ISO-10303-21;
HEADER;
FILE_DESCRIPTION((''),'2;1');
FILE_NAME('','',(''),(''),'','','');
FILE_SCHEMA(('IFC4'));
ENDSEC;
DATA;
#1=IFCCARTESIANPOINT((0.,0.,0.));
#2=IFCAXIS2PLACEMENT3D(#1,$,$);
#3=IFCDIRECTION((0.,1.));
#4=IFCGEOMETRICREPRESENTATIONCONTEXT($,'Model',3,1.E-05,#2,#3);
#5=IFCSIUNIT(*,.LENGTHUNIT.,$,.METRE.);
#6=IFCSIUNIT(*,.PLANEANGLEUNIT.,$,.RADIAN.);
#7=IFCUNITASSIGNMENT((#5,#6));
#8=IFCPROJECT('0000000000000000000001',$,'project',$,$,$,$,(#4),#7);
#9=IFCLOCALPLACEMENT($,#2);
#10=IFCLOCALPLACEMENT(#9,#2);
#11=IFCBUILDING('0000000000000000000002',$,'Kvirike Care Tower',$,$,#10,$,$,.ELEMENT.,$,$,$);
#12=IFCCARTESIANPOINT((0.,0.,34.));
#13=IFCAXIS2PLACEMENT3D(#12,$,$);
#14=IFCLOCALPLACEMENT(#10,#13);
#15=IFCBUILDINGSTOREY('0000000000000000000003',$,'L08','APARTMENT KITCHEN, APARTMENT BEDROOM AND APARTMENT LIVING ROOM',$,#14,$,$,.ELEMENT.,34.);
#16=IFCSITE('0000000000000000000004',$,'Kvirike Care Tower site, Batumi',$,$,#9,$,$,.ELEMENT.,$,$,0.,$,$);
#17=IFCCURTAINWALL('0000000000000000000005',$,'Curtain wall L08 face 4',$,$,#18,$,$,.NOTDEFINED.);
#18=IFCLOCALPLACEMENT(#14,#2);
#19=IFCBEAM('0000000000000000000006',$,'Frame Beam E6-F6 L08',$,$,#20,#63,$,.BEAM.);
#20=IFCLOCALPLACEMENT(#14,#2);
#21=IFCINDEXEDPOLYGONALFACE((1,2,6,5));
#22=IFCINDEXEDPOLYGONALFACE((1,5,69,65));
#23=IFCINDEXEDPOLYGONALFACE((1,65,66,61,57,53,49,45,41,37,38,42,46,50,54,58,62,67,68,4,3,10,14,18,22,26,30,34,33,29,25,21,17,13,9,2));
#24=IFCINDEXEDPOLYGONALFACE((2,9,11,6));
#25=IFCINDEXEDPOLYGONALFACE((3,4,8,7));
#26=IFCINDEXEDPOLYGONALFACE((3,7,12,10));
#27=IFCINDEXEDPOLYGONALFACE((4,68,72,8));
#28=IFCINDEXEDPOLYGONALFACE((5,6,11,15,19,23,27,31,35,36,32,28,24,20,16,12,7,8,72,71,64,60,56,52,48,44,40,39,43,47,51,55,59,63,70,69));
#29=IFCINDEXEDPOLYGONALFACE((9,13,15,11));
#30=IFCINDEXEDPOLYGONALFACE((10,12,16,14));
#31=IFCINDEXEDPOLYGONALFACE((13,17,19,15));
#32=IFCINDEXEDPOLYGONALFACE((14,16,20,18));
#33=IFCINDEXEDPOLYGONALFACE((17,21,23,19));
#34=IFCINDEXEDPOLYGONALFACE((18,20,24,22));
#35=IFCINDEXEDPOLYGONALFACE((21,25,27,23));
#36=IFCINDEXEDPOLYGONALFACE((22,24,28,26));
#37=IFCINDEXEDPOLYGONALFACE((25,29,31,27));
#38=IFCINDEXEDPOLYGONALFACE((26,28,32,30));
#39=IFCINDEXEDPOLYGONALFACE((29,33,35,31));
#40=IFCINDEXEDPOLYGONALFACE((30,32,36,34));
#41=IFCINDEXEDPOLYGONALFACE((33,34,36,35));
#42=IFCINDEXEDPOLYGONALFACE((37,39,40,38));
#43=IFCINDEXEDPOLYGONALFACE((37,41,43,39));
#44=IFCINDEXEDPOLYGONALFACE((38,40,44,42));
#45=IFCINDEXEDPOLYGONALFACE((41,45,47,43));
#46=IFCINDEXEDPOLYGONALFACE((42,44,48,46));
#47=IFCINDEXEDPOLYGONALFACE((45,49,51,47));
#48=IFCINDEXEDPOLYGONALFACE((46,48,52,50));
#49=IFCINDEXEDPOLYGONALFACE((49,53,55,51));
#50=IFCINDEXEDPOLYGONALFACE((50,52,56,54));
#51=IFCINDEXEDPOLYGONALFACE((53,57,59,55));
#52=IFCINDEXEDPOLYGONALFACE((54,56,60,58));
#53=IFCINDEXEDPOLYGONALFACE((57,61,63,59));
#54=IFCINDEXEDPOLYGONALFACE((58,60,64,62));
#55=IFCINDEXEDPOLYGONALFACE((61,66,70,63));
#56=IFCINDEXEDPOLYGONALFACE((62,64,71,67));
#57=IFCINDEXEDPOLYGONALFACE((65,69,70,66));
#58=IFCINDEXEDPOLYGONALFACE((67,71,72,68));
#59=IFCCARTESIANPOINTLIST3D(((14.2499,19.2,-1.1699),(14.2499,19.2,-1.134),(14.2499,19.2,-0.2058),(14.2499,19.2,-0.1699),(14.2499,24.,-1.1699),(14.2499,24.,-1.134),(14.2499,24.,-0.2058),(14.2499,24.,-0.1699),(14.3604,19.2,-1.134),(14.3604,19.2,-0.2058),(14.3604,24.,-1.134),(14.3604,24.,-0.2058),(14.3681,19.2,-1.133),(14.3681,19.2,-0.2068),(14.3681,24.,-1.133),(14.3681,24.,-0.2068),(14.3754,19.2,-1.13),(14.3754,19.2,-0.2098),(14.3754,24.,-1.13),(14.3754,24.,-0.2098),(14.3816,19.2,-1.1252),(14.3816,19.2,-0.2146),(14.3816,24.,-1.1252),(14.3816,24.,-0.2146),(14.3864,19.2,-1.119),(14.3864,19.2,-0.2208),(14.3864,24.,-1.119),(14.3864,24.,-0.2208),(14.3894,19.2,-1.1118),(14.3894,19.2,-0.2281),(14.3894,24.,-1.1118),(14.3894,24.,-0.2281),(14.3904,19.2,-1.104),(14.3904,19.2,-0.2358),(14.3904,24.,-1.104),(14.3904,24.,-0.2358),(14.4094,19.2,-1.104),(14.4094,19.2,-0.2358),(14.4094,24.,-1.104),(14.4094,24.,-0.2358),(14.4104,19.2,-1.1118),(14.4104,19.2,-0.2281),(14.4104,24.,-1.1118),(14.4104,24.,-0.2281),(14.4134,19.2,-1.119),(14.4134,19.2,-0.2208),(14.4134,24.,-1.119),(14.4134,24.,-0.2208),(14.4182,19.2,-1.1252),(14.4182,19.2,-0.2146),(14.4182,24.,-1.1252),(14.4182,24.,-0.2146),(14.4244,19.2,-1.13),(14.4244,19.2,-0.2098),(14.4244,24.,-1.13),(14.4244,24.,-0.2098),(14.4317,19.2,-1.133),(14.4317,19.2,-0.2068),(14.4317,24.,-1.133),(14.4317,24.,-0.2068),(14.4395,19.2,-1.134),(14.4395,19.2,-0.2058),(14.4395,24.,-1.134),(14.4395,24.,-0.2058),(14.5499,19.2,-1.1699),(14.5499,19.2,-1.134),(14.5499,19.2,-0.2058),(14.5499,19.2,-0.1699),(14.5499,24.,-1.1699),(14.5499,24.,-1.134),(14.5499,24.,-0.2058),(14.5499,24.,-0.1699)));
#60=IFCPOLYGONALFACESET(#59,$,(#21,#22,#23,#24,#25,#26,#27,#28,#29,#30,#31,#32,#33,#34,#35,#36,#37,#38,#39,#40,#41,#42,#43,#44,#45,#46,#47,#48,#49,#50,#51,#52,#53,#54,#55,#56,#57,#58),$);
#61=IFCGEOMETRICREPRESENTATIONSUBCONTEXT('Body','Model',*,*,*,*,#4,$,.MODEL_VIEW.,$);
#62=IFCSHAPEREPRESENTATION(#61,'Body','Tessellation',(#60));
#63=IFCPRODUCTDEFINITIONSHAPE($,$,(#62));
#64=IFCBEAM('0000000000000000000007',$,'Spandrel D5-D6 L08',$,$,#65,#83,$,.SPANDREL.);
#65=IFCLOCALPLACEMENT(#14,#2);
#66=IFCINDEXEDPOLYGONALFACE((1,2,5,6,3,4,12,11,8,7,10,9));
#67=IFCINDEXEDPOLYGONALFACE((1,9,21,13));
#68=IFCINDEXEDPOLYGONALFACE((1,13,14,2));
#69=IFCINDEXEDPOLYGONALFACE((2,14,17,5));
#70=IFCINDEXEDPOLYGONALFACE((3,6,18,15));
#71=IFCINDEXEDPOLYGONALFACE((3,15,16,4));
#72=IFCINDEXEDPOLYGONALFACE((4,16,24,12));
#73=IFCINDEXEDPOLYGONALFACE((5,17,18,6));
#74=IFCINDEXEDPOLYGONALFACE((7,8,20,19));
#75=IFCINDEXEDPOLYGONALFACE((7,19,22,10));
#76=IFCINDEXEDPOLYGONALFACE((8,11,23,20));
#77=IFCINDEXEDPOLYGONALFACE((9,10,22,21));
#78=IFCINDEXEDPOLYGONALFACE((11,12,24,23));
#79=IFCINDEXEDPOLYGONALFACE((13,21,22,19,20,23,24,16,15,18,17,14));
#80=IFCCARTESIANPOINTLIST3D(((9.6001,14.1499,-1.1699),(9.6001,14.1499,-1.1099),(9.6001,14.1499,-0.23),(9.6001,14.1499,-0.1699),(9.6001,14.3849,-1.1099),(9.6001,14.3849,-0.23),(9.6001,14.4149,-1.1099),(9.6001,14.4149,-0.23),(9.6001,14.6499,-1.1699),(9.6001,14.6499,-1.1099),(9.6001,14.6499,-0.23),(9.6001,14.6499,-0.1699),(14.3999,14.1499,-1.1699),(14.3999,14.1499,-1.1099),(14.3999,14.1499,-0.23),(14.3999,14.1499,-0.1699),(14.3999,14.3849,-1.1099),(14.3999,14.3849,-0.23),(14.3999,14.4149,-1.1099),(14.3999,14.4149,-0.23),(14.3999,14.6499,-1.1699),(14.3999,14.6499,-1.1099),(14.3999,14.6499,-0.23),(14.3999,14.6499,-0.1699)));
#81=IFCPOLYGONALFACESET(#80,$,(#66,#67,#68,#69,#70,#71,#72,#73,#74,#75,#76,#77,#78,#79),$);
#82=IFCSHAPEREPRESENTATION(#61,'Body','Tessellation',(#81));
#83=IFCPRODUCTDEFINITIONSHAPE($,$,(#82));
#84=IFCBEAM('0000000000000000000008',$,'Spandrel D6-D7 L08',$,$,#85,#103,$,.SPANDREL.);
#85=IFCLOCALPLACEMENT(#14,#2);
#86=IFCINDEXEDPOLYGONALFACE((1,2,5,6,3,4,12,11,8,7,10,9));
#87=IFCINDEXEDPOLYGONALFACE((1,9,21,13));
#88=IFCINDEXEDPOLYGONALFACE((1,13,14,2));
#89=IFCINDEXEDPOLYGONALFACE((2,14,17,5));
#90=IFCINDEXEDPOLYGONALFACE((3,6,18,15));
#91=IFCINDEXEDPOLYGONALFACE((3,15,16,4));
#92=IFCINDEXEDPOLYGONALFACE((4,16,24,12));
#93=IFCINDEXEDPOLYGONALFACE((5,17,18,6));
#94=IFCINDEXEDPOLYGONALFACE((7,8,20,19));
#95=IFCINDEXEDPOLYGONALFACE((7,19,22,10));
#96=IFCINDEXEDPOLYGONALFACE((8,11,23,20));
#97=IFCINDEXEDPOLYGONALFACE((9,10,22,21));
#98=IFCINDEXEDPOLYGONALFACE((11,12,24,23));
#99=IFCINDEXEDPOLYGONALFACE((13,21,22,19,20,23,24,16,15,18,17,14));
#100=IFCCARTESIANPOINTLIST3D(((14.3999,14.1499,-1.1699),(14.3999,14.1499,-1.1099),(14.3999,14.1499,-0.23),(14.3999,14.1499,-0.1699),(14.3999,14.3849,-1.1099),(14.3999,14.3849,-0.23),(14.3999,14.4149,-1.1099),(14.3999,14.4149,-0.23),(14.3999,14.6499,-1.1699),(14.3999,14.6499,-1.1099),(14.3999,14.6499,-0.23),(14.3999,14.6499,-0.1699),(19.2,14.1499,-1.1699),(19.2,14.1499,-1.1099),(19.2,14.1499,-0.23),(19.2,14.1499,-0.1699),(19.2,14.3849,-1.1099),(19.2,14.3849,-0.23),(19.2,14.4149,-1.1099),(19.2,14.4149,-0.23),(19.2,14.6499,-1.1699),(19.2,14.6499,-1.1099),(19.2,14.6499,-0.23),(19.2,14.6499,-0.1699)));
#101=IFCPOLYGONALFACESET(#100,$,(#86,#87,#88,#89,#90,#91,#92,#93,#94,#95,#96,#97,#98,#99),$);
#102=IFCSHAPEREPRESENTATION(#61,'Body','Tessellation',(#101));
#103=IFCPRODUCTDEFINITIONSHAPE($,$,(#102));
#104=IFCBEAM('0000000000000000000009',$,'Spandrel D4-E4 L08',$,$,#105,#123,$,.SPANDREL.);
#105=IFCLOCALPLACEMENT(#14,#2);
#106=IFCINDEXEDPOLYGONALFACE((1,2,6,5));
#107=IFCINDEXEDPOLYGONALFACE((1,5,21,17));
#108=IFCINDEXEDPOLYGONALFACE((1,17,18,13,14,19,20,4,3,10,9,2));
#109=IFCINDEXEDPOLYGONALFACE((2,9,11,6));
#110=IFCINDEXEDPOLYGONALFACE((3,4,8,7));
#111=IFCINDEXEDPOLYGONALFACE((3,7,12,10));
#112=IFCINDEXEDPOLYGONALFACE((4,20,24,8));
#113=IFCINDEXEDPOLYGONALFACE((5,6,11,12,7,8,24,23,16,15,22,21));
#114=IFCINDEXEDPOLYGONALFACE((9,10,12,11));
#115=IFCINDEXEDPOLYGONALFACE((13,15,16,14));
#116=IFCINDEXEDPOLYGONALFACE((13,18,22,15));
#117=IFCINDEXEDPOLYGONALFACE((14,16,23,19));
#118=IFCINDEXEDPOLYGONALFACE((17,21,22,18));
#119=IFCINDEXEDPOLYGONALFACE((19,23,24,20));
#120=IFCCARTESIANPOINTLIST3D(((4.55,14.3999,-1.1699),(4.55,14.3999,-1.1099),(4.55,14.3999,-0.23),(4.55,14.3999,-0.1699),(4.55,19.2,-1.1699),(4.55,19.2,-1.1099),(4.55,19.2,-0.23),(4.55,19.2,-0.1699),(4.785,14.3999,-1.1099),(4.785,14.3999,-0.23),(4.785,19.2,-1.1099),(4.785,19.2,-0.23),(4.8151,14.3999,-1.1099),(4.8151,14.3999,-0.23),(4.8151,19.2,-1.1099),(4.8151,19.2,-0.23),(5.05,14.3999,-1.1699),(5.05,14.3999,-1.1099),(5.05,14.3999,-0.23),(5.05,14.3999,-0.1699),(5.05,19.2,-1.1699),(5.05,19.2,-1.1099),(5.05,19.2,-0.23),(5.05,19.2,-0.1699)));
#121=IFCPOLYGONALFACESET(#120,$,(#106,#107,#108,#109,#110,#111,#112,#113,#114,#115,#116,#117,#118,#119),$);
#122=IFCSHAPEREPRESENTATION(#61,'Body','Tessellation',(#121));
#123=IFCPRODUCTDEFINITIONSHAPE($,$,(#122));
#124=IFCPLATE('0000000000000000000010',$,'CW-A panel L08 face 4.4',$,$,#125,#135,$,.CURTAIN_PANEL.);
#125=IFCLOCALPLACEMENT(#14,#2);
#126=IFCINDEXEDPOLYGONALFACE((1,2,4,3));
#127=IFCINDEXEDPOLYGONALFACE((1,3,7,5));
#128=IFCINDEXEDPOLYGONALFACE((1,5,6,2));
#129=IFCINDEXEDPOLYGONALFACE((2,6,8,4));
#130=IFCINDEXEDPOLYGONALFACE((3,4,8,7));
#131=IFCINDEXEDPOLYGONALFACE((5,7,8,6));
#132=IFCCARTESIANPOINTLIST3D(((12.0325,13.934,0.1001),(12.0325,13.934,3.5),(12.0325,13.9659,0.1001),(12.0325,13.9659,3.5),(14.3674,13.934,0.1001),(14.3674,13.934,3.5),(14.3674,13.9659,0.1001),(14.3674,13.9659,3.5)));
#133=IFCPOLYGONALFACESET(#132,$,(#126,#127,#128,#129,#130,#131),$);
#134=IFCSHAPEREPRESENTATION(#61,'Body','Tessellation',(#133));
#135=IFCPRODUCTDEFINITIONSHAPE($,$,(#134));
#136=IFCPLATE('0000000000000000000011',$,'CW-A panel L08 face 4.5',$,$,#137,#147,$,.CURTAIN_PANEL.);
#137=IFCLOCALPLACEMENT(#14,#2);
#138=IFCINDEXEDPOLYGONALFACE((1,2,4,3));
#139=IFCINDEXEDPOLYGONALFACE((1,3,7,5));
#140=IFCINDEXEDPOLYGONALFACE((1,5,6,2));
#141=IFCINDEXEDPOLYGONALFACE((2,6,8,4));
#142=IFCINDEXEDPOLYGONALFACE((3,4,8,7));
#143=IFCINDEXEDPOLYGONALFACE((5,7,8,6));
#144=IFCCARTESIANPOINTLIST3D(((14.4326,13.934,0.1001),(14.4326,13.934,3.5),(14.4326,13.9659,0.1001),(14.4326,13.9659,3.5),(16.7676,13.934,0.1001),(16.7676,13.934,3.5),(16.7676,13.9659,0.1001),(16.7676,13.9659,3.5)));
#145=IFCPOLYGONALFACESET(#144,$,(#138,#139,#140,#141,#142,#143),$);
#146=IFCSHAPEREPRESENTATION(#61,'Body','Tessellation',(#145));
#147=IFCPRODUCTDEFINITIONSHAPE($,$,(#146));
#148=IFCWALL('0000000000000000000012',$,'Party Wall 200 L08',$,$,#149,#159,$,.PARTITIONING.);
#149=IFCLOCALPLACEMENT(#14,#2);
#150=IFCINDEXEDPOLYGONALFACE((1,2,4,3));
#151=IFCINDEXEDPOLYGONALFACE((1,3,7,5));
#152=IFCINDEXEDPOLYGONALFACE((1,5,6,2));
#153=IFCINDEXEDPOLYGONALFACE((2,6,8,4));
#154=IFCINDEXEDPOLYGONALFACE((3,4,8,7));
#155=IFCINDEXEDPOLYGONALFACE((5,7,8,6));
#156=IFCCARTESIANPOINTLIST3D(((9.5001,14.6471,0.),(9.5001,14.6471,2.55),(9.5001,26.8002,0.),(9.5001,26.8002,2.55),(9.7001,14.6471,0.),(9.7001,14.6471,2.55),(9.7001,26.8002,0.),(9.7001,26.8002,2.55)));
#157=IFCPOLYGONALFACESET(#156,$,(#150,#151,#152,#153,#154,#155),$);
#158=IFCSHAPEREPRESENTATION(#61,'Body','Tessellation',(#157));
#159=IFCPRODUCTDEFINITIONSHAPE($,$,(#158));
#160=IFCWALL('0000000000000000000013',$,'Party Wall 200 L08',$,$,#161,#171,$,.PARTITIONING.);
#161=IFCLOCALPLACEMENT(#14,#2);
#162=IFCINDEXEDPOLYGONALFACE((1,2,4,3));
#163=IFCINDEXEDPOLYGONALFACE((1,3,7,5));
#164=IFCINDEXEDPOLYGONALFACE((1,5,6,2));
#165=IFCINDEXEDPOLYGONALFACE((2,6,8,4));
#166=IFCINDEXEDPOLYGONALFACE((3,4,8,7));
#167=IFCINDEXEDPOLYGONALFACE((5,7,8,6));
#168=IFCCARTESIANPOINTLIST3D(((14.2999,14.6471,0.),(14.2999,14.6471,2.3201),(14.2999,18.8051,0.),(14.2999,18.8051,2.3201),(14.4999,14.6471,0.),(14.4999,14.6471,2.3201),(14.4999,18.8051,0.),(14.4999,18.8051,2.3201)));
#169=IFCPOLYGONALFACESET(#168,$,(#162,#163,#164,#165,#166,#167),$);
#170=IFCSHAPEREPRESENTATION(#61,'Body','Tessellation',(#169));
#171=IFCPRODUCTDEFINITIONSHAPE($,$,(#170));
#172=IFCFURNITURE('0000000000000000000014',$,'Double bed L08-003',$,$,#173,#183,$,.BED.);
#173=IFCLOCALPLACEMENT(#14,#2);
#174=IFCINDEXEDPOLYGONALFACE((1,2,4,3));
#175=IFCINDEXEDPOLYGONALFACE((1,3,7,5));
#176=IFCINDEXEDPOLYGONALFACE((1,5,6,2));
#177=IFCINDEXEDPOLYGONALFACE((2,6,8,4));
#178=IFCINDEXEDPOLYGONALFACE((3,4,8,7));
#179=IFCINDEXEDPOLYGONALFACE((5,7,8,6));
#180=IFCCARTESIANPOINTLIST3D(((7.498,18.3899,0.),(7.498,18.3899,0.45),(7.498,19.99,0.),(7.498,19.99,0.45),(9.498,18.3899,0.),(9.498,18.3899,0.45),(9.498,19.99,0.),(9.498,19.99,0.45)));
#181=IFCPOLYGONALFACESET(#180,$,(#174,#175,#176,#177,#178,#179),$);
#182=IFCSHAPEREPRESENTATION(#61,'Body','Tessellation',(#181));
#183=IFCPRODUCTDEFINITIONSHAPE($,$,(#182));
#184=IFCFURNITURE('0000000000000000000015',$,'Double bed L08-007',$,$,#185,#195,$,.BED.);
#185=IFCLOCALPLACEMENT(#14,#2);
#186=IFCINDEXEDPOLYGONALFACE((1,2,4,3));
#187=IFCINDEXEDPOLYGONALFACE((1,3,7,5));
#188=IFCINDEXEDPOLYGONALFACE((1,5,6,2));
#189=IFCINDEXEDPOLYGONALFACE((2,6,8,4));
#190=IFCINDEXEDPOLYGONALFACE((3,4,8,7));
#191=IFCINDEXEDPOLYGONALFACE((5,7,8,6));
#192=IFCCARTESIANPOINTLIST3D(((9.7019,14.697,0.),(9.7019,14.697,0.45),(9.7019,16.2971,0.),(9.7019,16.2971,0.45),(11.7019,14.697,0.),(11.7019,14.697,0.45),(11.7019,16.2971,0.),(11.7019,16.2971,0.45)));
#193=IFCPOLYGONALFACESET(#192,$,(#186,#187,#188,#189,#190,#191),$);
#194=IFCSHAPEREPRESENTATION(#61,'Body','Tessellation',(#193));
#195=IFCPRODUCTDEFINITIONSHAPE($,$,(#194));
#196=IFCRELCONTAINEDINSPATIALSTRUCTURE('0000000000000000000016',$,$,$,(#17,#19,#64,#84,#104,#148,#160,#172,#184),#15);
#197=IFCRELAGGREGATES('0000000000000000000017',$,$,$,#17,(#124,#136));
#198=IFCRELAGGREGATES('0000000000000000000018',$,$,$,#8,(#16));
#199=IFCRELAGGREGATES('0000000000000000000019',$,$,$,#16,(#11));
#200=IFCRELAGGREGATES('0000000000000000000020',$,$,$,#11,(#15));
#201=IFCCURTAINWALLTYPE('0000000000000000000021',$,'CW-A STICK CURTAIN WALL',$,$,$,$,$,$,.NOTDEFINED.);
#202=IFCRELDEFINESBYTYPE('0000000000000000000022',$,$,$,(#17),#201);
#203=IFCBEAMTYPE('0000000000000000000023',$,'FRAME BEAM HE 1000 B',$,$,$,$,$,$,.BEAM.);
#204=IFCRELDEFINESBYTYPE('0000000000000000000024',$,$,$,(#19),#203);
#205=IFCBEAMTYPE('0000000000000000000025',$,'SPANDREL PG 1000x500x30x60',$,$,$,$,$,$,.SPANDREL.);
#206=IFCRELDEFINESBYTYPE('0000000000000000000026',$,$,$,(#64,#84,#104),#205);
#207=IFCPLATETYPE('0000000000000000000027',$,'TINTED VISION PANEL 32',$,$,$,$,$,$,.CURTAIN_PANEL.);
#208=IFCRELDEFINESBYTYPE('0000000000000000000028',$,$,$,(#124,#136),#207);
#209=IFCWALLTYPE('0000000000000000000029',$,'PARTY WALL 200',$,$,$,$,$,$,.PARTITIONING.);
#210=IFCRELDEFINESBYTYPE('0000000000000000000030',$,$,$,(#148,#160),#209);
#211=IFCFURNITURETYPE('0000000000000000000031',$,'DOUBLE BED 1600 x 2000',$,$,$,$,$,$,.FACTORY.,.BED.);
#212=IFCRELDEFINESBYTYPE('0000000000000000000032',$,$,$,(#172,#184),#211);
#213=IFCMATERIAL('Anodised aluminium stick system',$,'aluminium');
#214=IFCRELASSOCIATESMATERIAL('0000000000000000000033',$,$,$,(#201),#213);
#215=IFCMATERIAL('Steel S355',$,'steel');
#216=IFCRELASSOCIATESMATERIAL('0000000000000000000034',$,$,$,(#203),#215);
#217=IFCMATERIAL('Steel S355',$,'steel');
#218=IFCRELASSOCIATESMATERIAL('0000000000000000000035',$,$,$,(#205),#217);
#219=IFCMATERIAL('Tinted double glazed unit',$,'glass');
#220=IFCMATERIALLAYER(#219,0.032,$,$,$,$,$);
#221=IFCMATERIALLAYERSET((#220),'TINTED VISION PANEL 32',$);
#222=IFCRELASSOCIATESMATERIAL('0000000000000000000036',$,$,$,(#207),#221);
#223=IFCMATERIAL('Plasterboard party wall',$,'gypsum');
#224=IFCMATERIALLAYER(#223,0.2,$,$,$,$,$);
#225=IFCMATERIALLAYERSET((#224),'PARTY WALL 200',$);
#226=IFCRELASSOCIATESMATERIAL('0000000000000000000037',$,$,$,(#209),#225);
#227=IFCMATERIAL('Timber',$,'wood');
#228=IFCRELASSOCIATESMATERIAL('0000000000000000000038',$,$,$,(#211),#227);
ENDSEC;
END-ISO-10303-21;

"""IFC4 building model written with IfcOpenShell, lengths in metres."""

from ifc_helpers import new_model, si_unit, direction, frame, frame_2d, origin, origin_2d, place, context, subcontext, project, spatial, rectangle, i_section, extrude, material, layer, layer_set, material_profile, profile_set, type_object, element, aggregate, save


model = new_model("IFC4")

# Units and contexts
model_context = context("Model", 3, precision=1e-05, world=origin(), true_north=direction((0.0, 1.0)))
body_context = subcontext(model_context, "Body", "Model", "MODEL_VIEW")
ifc_project = project(units=[si_unit("LENGTHUNIT", "METRE"), si_unit("PLANEANGLEUNIT", "RADIAN")], contexts=[model_context])

# Site, building, storey
site_placement = place(None, origin())
site = spatial("IfcSite", under=ifc_project, at=site_placement, Name="Kvirike Care Tower site, Batumi", CompositionType="ELEMENT", RefElevation=0.0)
building_placement = place(site_placement, origin())
building = spatial("IfcBuilding", under=site, at=building_placement, Name="Kvirike Care Tower", CompositionType="ELEMENT")
storey_placement = place(building_placement, frame((0.0, 0.0, 34.0)))
storey = spatial("IfcBuildingStorey", under=building, at=storey_placement, Name="L08", Description="APARTMENT KITCHEN, APARTMENT BEDROOM AND APARTMENT LIVING ROOM", CompositionType="ELEMENT", Elevation=34.0)

# Curtain wall
ifc_material_1 = material(Name="Anodised aluminium stick system", Category="aluminium")
curtain_wall_type = type_object("IfcCurtainWallType", Name="CW-A STICK CURTAIN WALL", PredefinedType="NOTDEFINED", material=ifc_material_1)
curtain_wall_placement = place(storey_placement, origin())
curtain_wall = element("IfcCurtainWall", 1, at=curtain_wall_placement, inside=storey, type_object=curtain_wall_type, Name="Curtain wall L08 face 4", PredefinedType="NOTDEFINED")

# Beams
ifc_material_2 = material(Name="Steel S355", Category="steel")
ifc_material_profile_1 = material_profile(ifc_material_2, i_section(OverallWidth=0.3, OverallDepth=1.0, WebThickness=0.019, FlangeThickness=0.0359, FilletRadius=0.03, at=origin_2d()), Name="HE 1000 B")
ifc_profile_set_1 = profile_set([ifc_material_profile_1], Name="Steel S355")
beam_type_1 = type_object("IfcBeamType", Name="FRAME BEAM HE 1000 B", PredefinedType="BEAM", material=ifc_profile_set_1)
for number, where, z_axis, x_axis, name in (
    (2, (14.3999, 19.2, -0.6699), (0.0, 1.0, 0.0), (-1.0, 0.0, 0.0), "Frame Beam E6-F6 L08"),
):
    element("IfcBeam", number, at=place(storey_placement, frame(where, z_axis=z_axis, x_axis=x_axis)), inside=storey, type_object=beam_type_1, Name=name, PredefinedType="BEAM", context=body_context, shape_type="SweptSolid", body=[
        extrude(i_section(OverallWidth=0.3, OverallDepth=1.0, WebThickness=0.019, FlangeThickness=0.0359, FilletRadius=0.03, at=origin_2d()), origin(), (0.0, 0.0, 1.0), 4.8),
    ])
ifc_material_3 = material(Name="Steel S355", Category="steel")
ifc_material_profile_2 = material_profile(ifc_material_3, i_section(OverallWidth=0.5, OverallDepth=1.0, WebThickness=0.03, FlangeThickness=0.0601, at=origin_2d()), Name="PG 1000x500x30x60")
ifc_profile_set_2 = profile_set([ifc_material_profile_2], Name="Steel S355")
beam_type_2 = type_object("IfcBeamType", Name="SPANDREL PG 1000x500x30x60", PredefinedType="SPANDREL", material=ifc_profile_set_2)
beam_1_placement = place(storey_placement, frame((9.6001, 14.3999, -0.6699), z_axis=(1.0, 0.0, 0.0), x_axis=(0.0, 1.0, 0.0)))
element("IfcBeam", 3, at=beam_1_placement, inside=storey, type_object=beam_type_2, Name="Spandrel D5-D6 L08", PredefinedType="SPANDREL", context=body_context, shape_type="SweptSolid", body=[
    extrude(i_section(OverallWidth=0.5, OverallDepth=1.0, WebThickness=0.03, FlangeThickness=0.0601, at=origin_2d()), origin(), (0.0, 0.0, 1.0), 4.7998),
])
for number, where, z_axis, x_axis, name in (
    (4, (14.3999, 14.3999, -0.6699), (1.0, 0.0, 0.0), (0.0, 1.0, 0.0), "Spandrel D6-D7 L08"),
    (5, (4.8, 14.3999, -0.6699), (0.0, 1.0, 0.0), (-1.0, 0.0, 0.0), "Spandrel D4-E4 L08"),
):
    element("IfcBeam", number, at=place(storey_placement, frame(where, z_axis=z_axis, x_axis=x_axis)), inside=storey, type_object=beam_type_2, Name=name, PredefinedType="SPANDREL", context=body_context, shape_type="SweptSolid", body=[
        extrude(i_section(OverallWidth=0.5, OverallDepth=1.0, WebThickness=0.03, FlangeThickness=0.0601, at=origin_2d()), origin(), (0.0, 0.0, 1.0), 4.8),
    ])

# Plates
ifc_material_4 = material(Name="Tinted double glazed unit", Category="glass")
ifc_layer_1 = layer(ifc_material_4, 0.032)
ifc_layer_set_1 = layer_set([ifc_layer_1], Name="TINTED VISION PANEL 32")
plate_type = type_object("IfcPlateType", Name="TINTED VISION PANEL 32", PredefinedType="CURTAIN_PANEL", material=ifc_layer_set_1)
plate_1_placement = place(storey_placement, frame((13.2, 13.95, 0.1001), z_axis=(0.0, 0.0, 1.0), x_axis=(1.0, 0.0, 0.0)))
plate_1 = element("IfcPlate", 6, at=plate_1_placement, type_object=plate_type, Name="CW-A panel L08 face 4.4", PredefinedType="CURTAIN_PANEL", context=body_context, shape_type="SweptSolid", body=[
    extrude(rectangle(XDim=2.335, YDim=0.032, at=origin_2d()), origin(), (0.0, 0.0, 1.0), 3.3999),
])
plate_2_placement = place(storey_placement, frame((15.6001, 13.95, 0.1001), z_axis=(0.0, 0.0, 1.0), x_axis=(1.0, 0.0, 0.0)))
plate_2 = element("IfcPlate", 7, at=plate_2_placement, type_object=plate_type, Name="CW-A panel L08 face 4.5", PredefinedType="CURTAIN_PANEL", context=body_context, shape_type="SweptSolid", body=[
    extrude(rectangle(XDim=2.335, YDim=0.032, at=origin_2d()), origin(), (0.0, 0.0, 1.0), 3.3999),
])
aggregate(curtain_wall, [plate_1, plate_2])

# Walls
ifc_material_5 = material(Name="Plasterboard party wall", Category="gypsum")
ifc_layer_2 = layer(ifc_material_5, 0.2)
ifc_layer_set_2 = layer_set([ifc_layer_2], Name="PARTY WALL 200")
wall_type = type_object("IfcWallType", Name="PARTY WALL 200", PredefinedType="PARTITIONING", material=ifc_layer_set_2)
wall_1_placement = place(storey_placement, frame((9.6001, 14.647, 0.0), z_axis=(0.0, 0.0, 1.0), x_axis=(0.0, 1.0, 0.0)))
element("IfcWall", 8, at=wall_1_placement, inside=storey, type_object=wall_type, Name="Party Wall 200 L08", PredefinedType="PARTITIONING", context=body_context, shape_type="SweptSolid", body=[
    extrude(rectangle(XDim=12.1531, YDim=0.2, at=frame_2d((6.0767, 0.0))), origin(), (0.0, 0.0, 1.0), 2.55),
])
wall_2_placement = place(storey_placement, frame((14.3999, 14.647, 0.0), z_axis=(0.0, 0.0, 1.0), x_axis=(0.0, 1.0, 0.0)))
element("IfcWall", 9, at=wall_2_placement, inside=storey, type_object=wall_type, Name="Party Wall 200 L08", PredefinedType="PARTITIONING", context=body_context, shape_type="SweptSolid", body=[
    extrude(rectangle(XDim=4.158, YDim=0.2, at=frame_2d((2.0791, 0.0))), origin(), (0.0, 0.0, 1.0), 2.3201),
])

# Furniture
ifc_material_6 = material(Name="Timber", Category="wood")
furniture_type = type_object("IfcFurnitureType", Name="DOUBLE BED 1600 x 2000", AssemblyPlace="FACTORY", PredefinedType="BED", material=ifc_material_6)
for number, where, z_axis, x_axis, name in (
    (10, (8.498, 19.1899, 0.0), (0.0, 0.0, 1.0), (0.0, -1.0, 0.0), "Double bed L08-003"),
    (11, (10.7019, 15.4971, 0.0), (0.0, 0.0, 1.0), (0.0, 1.0, 0.0), "Double bed L08-007"),
):
    element("IfcFurniture", number, at=place(storey_placement, frame(where, z_axis=z_axis, x_axis=x_axis)), inside=storey, type_object=furniture_type, Name=name, PredefinedType="BED", context=body_context, shape_type="SweptSolid", body=[
        extrude(rectangle(XDim=1.6001, YDim=2.0, at=origin_2d()), origin(), (0.0, 0.0, 1.0), 0.45),
    ])

save(model, "model.ifc")
